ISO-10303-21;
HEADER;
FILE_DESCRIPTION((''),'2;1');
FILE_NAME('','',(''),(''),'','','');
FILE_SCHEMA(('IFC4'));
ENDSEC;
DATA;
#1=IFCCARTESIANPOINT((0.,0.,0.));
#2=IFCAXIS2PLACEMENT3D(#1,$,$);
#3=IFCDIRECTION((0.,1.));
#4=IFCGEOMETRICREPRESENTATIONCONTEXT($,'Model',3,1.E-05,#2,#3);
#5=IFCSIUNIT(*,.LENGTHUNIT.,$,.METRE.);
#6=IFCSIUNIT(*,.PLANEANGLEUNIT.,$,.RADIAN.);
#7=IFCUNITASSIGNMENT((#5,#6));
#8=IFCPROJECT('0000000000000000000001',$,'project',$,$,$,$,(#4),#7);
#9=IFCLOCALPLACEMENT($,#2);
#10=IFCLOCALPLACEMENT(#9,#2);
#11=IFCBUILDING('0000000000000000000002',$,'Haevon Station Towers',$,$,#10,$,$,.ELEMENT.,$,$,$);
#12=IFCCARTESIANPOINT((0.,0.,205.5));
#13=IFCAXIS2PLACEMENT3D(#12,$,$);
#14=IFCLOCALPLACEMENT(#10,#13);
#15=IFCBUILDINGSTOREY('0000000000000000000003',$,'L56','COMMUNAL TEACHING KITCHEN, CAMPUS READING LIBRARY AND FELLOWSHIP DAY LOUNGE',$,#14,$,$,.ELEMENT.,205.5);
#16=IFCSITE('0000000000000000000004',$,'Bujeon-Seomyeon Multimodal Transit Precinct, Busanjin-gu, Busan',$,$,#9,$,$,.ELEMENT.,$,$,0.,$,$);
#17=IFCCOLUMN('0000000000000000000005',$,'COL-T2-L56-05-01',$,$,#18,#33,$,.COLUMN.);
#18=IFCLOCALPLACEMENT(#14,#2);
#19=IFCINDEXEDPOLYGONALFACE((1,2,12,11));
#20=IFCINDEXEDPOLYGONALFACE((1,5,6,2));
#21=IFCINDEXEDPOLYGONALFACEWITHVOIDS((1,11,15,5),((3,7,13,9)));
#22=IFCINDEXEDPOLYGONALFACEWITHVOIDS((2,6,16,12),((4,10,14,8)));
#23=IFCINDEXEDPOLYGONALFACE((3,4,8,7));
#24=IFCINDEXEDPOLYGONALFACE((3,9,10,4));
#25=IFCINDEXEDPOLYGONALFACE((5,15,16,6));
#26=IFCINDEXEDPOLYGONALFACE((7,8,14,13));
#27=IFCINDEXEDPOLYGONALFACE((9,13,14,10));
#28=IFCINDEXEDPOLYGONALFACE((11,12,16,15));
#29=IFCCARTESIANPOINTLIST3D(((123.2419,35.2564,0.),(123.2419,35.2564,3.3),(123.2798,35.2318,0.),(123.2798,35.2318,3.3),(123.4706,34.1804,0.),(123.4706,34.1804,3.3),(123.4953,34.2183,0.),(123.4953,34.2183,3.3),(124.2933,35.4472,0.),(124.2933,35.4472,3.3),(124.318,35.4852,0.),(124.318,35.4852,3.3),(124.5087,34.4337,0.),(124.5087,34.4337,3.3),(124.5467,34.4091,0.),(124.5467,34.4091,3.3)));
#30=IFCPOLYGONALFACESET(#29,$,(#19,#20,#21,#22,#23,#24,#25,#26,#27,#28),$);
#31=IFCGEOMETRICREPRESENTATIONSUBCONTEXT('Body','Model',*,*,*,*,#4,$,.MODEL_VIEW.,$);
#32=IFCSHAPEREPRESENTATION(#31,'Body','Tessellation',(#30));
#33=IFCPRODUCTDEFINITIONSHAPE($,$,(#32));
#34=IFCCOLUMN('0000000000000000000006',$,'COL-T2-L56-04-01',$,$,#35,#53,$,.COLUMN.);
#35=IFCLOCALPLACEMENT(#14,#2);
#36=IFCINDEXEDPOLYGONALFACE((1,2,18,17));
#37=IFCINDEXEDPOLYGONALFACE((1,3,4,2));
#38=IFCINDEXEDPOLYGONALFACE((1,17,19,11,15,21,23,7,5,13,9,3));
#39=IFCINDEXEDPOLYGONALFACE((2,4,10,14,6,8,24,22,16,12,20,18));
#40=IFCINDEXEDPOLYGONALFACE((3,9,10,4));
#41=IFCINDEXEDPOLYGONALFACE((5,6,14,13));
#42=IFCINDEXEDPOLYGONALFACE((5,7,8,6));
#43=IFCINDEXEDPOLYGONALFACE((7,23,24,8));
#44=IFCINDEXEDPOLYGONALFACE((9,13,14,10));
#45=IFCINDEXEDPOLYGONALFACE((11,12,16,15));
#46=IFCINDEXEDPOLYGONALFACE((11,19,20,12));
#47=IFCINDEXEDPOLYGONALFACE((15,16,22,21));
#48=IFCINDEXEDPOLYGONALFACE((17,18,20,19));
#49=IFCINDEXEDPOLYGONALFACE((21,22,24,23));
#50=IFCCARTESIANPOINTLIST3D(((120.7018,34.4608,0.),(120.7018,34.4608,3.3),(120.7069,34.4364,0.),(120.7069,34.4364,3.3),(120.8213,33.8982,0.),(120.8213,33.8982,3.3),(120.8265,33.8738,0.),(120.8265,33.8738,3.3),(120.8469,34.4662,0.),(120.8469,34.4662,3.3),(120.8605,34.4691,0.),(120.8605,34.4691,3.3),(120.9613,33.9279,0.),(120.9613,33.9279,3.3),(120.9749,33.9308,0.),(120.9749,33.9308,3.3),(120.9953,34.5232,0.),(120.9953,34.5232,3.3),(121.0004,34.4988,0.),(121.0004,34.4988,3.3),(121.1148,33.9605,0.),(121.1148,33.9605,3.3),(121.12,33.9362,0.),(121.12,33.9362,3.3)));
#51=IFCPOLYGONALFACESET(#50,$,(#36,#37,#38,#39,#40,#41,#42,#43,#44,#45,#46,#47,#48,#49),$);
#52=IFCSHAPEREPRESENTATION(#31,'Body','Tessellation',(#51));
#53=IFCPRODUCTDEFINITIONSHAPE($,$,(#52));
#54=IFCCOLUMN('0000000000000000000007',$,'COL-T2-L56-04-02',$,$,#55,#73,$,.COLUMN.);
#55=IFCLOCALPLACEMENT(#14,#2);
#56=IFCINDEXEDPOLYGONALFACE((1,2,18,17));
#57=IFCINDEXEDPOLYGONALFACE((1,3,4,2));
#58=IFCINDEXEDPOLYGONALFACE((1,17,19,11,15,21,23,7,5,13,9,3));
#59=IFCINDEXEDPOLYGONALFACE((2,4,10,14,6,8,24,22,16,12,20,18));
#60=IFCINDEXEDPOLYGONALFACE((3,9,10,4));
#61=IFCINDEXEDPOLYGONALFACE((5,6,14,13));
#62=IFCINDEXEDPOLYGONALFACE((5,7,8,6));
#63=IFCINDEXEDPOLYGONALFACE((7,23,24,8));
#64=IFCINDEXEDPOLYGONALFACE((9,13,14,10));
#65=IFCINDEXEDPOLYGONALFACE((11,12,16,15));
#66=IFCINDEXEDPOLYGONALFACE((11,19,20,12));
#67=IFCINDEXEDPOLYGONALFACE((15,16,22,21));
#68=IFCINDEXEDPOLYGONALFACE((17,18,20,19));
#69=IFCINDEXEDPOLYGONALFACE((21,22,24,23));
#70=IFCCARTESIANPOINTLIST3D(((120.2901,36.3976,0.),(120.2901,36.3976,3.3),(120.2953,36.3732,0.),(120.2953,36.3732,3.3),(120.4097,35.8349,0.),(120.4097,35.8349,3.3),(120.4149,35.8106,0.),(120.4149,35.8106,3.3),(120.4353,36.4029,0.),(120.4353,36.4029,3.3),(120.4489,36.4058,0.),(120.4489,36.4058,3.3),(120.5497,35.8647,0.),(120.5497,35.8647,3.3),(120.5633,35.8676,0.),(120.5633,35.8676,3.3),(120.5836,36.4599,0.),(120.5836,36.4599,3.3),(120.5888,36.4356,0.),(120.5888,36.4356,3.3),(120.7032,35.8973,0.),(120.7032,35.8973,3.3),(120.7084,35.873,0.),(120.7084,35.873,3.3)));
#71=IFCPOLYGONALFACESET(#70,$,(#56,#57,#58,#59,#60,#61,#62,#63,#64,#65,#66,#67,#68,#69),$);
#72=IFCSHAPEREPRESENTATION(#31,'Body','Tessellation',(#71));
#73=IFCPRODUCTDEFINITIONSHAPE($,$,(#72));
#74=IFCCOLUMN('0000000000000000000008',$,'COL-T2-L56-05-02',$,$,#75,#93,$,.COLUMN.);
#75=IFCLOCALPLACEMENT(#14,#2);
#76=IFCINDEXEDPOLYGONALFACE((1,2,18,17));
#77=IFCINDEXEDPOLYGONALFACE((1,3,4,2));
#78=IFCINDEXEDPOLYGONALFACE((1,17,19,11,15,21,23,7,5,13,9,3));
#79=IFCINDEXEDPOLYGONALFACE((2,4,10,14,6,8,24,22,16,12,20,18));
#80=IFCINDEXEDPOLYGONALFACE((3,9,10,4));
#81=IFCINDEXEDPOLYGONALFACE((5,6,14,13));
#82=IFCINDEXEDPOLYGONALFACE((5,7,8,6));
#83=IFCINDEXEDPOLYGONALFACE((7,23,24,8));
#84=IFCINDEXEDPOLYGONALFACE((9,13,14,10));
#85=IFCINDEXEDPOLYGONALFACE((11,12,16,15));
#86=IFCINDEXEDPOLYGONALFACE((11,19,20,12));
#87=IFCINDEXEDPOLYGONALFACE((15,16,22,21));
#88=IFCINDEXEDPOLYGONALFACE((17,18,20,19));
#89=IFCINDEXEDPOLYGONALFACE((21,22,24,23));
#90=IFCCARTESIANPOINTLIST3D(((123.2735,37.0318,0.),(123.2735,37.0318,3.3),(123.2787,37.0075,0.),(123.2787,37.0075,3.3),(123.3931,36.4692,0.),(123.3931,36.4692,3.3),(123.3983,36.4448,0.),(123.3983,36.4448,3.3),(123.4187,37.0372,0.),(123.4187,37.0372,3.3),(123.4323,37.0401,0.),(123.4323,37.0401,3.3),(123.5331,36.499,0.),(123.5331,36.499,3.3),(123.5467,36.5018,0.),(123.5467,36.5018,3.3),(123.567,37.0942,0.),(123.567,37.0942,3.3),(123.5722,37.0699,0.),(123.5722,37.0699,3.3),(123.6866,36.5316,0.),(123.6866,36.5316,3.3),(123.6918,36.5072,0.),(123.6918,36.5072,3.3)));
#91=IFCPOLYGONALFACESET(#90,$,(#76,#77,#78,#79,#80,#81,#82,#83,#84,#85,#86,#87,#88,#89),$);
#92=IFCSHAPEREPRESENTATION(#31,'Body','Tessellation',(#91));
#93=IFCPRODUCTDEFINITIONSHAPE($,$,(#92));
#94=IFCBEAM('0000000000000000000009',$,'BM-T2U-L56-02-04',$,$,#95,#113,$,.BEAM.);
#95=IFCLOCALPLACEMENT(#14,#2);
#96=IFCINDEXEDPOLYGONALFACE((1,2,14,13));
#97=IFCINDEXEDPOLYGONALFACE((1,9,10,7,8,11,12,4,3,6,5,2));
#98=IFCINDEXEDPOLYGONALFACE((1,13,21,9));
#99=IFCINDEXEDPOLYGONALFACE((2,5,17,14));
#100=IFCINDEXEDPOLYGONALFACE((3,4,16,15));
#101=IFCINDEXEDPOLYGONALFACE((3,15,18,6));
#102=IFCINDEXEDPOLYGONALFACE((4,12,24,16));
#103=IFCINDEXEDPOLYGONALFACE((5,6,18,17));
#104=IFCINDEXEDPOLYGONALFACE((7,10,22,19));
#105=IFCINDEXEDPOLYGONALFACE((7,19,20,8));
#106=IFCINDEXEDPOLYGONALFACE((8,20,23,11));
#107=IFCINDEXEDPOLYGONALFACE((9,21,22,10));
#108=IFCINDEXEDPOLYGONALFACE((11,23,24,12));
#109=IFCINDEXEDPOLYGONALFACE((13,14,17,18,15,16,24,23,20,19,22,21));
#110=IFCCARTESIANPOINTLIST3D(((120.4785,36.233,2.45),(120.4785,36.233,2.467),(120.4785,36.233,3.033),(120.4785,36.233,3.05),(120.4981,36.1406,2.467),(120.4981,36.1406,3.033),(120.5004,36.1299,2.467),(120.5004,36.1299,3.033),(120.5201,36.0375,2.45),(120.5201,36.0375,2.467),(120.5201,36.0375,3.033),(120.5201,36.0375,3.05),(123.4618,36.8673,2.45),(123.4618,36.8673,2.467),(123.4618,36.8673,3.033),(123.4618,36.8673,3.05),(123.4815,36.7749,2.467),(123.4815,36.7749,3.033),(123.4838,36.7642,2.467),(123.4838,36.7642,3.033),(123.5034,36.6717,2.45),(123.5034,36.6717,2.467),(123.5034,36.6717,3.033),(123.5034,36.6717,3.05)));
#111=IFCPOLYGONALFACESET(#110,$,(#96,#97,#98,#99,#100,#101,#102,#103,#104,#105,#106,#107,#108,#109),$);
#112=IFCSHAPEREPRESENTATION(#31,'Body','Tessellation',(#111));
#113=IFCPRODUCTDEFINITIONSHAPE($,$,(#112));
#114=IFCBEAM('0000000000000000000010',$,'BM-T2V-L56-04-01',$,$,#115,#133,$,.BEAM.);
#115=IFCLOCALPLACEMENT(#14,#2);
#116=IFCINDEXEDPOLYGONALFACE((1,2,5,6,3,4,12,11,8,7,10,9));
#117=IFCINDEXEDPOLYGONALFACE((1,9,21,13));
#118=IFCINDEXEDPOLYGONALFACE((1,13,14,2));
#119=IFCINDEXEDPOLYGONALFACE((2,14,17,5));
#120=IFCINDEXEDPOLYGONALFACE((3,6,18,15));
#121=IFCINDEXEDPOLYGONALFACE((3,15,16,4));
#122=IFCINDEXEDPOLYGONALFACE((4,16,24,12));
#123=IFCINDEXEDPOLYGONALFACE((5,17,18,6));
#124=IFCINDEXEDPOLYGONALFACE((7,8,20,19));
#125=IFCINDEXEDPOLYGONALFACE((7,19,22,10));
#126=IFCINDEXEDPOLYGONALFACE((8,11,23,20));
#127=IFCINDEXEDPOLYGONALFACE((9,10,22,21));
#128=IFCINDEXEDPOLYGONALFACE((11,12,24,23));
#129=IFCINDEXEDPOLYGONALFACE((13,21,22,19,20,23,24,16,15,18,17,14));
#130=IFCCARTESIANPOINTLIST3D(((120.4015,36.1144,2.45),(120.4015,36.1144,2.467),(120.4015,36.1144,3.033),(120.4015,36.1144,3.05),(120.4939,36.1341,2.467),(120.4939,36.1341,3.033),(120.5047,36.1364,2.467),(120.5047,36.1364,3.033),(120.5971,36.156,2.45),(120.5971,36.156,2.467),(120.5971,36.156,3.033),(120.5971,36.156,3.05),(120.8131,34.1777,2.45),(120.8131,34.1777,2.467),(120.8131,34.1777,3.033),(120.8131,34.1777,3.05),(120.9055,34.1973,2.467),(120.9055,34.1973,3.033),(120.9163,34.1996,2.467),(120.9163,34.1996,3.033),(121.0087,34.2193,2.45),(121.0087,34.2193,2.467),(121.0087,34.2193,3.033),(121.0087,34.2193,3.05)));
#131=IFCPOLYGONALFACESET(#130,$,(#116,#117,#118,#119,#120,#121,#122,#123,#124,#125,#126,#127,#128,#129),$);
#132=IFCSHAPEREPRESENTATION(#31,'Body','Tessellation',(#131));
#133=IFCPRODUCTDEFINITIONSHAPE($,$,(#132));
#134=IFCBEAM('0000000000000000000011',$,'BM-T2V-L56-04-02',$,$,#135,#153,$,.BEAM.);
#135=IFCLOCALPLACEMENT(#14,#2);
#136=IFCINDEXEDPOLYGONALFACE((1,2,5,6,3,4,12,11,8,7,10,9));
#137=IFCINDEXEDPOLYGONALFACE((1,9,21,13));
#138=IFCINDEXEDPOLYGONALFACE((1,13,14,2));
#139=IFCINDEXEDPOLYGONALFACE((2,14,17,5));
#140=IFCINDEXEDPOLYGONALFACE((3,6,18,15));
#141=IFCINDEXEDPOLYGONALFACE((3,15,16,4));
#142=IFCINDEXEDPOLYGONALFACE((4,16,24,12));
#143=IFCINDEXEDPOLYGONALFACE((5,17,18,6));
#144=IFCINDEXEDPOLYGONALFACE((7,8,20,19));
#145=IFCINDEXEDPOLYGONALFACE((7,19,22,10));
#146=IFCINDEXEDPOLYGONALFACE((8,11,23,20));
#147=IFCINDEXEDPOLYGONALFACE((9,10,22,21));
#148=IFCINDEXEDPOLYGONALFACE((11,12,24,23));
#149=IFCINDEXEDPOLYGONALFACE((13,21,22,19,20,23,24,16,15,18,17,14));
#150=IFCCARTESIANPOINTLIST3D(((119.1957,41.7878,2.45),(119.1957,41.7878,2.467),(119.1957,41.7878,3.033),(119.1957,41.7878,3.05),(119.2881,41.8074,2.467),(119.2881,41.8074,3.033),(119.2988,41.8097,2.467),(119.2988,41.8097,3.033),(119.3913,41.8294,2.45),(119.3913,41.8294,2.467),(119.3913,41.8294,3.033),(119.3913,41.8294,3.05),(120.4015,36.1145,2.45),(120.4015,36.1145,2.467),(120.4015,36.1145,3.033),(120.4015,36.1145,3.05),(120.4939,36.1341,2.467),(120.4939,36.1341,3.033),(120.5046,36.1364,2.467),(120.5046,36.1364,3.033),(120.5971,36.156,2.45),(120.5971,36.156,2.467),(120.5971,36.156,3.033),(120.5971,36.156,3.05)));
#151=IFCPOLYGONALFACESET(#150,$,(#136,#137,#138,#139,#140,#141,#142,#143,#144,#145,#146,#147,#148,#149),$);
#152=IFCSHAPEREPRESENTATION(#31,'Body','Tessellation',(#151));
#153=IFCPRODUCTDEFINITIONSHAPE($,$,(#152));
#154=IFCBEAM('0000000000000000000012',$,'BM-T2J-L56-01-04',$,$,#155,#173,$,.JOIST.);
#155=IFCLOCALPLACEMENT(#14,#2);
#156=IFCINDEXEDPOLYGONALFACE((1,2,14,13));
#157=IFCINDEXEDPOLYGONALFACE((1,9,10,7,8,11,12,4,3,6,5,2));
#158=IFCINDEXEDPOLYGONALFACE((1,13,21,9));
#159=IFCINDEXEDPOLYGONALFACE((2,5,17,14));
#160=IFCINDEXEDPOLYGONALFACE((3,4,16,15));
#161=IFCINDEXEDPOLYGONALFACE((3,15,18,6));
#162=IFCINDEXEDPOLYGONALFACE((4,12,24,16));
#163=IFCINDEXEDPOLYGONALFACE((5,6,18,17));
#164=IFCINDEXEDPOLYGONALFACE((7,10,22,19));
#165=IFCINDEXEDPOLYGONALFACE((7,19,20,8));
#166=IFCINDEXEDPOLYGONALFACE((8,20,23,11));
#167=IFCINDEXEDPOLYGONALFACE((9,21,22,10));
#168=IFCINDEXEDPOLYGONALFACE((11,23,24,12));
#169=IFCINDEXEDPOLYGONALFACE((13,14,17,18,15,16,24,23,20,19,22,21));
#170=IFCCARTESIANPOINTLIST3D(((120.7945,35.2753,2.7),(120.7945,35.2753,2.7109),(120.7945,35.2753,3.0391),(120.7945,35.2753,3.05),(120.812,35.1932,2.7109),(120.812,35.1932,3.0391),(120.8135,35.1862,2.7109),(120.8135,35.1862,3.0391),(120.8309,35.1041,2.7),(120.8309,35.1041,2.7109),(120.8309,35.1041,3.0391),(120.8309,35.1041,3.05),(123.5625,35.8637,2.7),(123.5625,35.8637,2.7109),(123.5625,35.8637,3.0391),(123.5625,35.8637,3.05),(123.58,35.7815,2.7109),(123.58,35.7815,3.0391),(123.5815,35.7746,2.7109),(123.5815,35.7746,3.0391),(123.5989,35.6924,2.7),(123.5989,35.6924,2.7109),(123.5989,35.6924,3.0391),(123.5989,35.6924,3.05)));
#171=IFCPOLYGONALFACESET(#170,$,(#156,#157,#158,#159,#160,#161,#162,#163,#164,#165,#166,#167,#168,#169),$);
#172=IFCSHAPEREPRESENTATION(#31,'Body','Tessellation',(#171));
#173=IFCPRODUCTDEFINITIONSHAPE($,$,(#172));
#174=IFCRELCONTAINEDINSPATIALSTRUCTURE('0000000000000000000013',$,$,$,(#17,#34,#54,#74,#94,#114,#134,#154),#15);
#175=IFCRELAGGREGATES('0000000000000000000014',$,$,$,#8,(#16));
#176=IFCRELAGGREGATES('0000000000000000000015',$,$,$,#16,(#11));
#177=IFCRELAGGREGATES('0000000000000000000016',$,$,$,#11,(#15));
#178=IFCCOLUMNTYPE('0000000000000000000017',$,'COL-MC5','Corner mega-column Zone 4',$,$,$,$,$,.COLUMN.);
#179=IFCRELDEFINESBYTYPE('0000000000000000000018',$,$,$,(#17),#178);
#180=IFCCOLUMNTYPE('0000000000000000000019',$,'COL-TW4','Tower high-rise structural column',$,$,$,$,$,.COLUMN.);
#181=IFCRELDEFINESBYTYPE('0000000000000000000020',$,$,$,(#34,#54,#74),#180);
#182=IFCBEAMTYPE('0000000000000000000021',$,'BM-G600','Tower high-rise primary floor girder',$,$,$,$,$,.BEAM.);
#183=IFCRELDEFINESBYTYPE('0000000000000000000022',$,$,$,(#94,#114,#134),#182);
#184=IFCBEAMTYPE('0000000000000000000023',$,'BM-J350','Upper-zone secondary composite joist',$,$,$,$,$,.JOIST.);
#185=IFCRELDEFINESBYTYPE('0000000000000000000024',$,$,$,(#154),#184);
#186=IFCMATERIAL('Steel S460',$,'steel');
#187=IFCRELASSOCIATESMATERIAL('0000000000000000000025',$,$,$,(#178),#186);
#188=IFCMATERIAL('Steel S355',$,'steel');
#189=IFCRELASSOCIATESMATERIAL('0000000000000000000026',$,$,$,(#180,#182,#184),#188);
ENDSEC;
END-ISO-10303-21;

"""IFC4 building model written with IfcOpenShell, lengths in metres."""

from ifc_helpers import new_model, si_unit, direction, frame, origin, origin_2d, place, context, subcontext, project, spatial, hollow_rectangle, i_section, extrude, material, material_profile, profile_set, type_object, element, save


model = new_model("IFC4")

# Units and contexts
model_context = context("Model", 3, precision=1e-05, world=origin(), true_north=direction((0.0, 1.0)))
body_context = subcontext(model_context, "Body", "Model", "MODEL_VIEW")
ifc_project = project(units=[si_unit("LENGTHUNIT", "METRE"), si_unit("PLANEANGLEUNIT", "RADIAN")], contexts=[model_context])

# Site, building, storey
site_placement = place(None, origin())
site = spatial("IfcSite", under=ifc_project, at=site_placement, Name="Bujeon-Seomyeon Multimodal Transit Precinct, Busanjin-gu, Busan", CompositionType="ELEMENT", RefElevation=0.0)
building_placement = place(site_placement, origin())
building = spatial("IfcBuilding", under=site, at=building_placement, Name="Haevon Station Towers", CompositionType="ELEMENT")
storey_placement = place(building_placement, frame((0.0, 0.0, 205.5)))
storey = spatial("IfcBuildingStorey", under=building, at=storey_placement, Name="L56", Description="COMMUNAL TEACHING KITCHEN, CAMPUS READING LIBRARY AND FELLOWSHIP DAY LOUNGE", CompositionType="ELEMENT", Elevation=205.5)

# Columns
ifc_material_1 = material(Name="Steel S460", Category="steel")
ifc_material_profile_1 = material_profile(ifc_material_1, hollow_rectangle(XDim=1.1001, YDim=1.1001, WallThickness=0.032, at=origin_2d()), Name="BOX-1100x1100x32")
ifc_profile_set_1 = profile_set([ifc_material_profile_1], Name="Steel S460")
column_type_1 = type_object("IfcColumnType", Name="COL-MC5", Description="Corner mega-column Zone 4", PredefinedType="COLUMN", material=ifc_profile_set_1)
column_placement = place(storey_placement, frame((123.8943, 34.8328, 0.0), z_axis=(0.0, 0.0, 1.0), x_axis=(0.978148, 0.207912, 0.0)))
element("IfcColumn", 1, at=column_placement, inside=storey, type_object=column_type_1, Name="COL-T2-L56-05-01", PredefinedType="COLUMN", context=body_context, shape_type="SweptSolid", body=[
    extrude(hollow_rectangle(XDim=1.1001, YDim=1.1001, WallThickness=0.032, at=origin_2d()), origin(), (0.0, 0.0, 1.0), 3.3),
])
ifc_material_2 = material(Name="Steel S355", Category="steel")
ifc_material_profile_2 = material_profile(ifc_material_2, i_section(OverallWidth=0.3, OverallDepth=0.6001, WebThickness=0.0139, FlangeThickness=0.0249, at=origin_2d()), Name="H-600x300x14x25")
ifc_profile_set_2 = profile_set([ifc_material_profile_2], Name="Steel S355")
column_type_2 = type_object("IfcColumnType", Name="COL-TW4", Description="Tower high-rise structural column", PredefinedType="COLUMN", material=ifc_profile_set_2)
for number, where, z_axis, x_axis, name in (
    (2, (120.9109, 34.1985, 0.0), (0.0, 0.0, 1.0), (0.978148, 0.207912, 0.0), "COL-T2-L56-04-01"),
    (3, (120.4993, 36.1353, 0.0), (0.0, 0.0, 1.0), (0.978148, 0.207912, 0.0), "COL-T2-L56-04-02"),
    (4, (123.4827, 36.7695, 0.0), (0.0, 0.0, 1.0), (0.978148, 0.207912, 0.0), "COL-T2-L56-05-02"),
):
    element("IfcColumn", number, at=place(storey_placement, frame(where, z_axis=z_axis, x_axis=x_axis)), inside=storey, type_object=column_type_2, Name=name, PredefinedType="COLUMN", context=body_context, shape_type="SweptSolid", body=[
        extrude(i_section(OverallWidth=0.3, OverallDepth=0.6001, WebThickness=0.0139, FlangeThickness=0.0249, at=origin_2d()), origin(), (0.0, 0.0, 1.0), 3.3),
    ])

# Beams
ifc_material_profile_3 = material_profile(ifc_material_2, i_section(OverallWidth=0.2, OverallDepth=0.6001, WebThickness=0.011, FlangeThickness=0.0171, at=origin_2d()), Name="H-600x200x11x17")
ifc_profile_set_3 = profile_set([ifc_material_profile_3], Name="Steel S355")
beam_type_1 = type_object("IfcBeamType", Name="BM-G600", Description="Tower high-rise primary floor girder", PredefinedType="BEAM", material=ifc_profile_set_3)
beam_1_placement = place(storey_placement, frame((120.4993, 36.1353, 2.75), z_axis=(0.978139, 0.207954, 0.0), x_axis=(-0.207954, 0.978139, 0.0)))
element("IfcBeam", 5, at=beam_1_placement, inside=storey, type_object=beam_type_1, Name="BM-T2U-L56-02-04", PredefinedType="BEAM", context=body_context, shape_type="SweptSolid", body=[
    extrude(i_section(OverallWidth=0.2, OverallDepth=0.6001, WebThickness=0.011, FlangeThickness=0.0171, at=origin_2d()), origin(), (0.0, 0.0, 1.0), 3.05),
])
beam_2_placement = place(storey_placement, frame((120.9109, 34.1985, 2.75), z_axis=(-0.207887, 0.978153, 0.0), x_axis=(-0.978153, -0.207887, 0.0)))
element("IfcBeam", 6, at=beam_2_placement, inside=storey, type_object=beam_type_1, Name="BM-T2V-L56-04-01", PredefinedType="BEAM", context=body_context, shape_type="SweptSolid", body=[
    extrude(i_section(OverallWidth=0.2, OverallDepth=0.6001, WebThickness=0.011, FlangeThickness=0.0171, at=origin_2d()), origin(), (0.0, 0.0, 1.0), 1.98),
])
beam_3_placement = place(storey_placement, frame((120.4993, 36.1353, 2.75), z_axis=(-0.207896, 0.978151, 0.0), x_axis=(-0.978151, -0.207896, 0.0)))
element("IfcBeam", 7, at=beam_3_placement, inside=storey, type_object=beam_type_1, Name="BM-T2V-L56-04-02", PredefinedType="BEAM", context=body_context, shape_type="SweptSolid", body=[
    extrude(i_section(OverallWidth=0.2, OverallDepth=0.6001, WebThickness=0.011, FlangeThickness=0.0171, at=origin_2d()), origin(), (0.0, 0.0, 1.0), 5.8),
])
ifc_material_profile_4 = material_profile(ifc_material_2, i_section(OverallWidth=0.175, OverallDepth=0.3501, WebThickness=0.0071, FlangeThickness=0.011, at=origin_2d()), Name="H-350x175x7x11")
ifc_profile_set_4 = profile_set([ifc_material_profile_4], Name="Steel S355")
beam_type_2 = type_object("IfcBeamType", Name="BM-J350", Description="Upper-zone secondary composite joist", PredefinedType="JOIST", material=ifc_profile_set_4)
beam_4_placement = place(storey_placement, frame((120.8127, 35.1897, 2.875), z_axis=(0.978147, 0.207914, 0.0), x_axis=(-0.207914, 0.978147, 0.0)))
element("IfcBeam", 8, at=beam_4_placement, inside=storey, type_object=beam_type_2, Name="BM-T2J-L56-01-04", PredefinedType="JOIST", context=body_context, shape_type="SweptSolid", body=[
    extrude(i_section(OverallWidth=0.175, OverallDepth=0.3501, WebThickness=0.0071, FlangeThickness=0.011, at=origin_2d()), origin(), (0.0, 0.0, 1.0), 2.8298),
])

save(model, "model.ifc")
